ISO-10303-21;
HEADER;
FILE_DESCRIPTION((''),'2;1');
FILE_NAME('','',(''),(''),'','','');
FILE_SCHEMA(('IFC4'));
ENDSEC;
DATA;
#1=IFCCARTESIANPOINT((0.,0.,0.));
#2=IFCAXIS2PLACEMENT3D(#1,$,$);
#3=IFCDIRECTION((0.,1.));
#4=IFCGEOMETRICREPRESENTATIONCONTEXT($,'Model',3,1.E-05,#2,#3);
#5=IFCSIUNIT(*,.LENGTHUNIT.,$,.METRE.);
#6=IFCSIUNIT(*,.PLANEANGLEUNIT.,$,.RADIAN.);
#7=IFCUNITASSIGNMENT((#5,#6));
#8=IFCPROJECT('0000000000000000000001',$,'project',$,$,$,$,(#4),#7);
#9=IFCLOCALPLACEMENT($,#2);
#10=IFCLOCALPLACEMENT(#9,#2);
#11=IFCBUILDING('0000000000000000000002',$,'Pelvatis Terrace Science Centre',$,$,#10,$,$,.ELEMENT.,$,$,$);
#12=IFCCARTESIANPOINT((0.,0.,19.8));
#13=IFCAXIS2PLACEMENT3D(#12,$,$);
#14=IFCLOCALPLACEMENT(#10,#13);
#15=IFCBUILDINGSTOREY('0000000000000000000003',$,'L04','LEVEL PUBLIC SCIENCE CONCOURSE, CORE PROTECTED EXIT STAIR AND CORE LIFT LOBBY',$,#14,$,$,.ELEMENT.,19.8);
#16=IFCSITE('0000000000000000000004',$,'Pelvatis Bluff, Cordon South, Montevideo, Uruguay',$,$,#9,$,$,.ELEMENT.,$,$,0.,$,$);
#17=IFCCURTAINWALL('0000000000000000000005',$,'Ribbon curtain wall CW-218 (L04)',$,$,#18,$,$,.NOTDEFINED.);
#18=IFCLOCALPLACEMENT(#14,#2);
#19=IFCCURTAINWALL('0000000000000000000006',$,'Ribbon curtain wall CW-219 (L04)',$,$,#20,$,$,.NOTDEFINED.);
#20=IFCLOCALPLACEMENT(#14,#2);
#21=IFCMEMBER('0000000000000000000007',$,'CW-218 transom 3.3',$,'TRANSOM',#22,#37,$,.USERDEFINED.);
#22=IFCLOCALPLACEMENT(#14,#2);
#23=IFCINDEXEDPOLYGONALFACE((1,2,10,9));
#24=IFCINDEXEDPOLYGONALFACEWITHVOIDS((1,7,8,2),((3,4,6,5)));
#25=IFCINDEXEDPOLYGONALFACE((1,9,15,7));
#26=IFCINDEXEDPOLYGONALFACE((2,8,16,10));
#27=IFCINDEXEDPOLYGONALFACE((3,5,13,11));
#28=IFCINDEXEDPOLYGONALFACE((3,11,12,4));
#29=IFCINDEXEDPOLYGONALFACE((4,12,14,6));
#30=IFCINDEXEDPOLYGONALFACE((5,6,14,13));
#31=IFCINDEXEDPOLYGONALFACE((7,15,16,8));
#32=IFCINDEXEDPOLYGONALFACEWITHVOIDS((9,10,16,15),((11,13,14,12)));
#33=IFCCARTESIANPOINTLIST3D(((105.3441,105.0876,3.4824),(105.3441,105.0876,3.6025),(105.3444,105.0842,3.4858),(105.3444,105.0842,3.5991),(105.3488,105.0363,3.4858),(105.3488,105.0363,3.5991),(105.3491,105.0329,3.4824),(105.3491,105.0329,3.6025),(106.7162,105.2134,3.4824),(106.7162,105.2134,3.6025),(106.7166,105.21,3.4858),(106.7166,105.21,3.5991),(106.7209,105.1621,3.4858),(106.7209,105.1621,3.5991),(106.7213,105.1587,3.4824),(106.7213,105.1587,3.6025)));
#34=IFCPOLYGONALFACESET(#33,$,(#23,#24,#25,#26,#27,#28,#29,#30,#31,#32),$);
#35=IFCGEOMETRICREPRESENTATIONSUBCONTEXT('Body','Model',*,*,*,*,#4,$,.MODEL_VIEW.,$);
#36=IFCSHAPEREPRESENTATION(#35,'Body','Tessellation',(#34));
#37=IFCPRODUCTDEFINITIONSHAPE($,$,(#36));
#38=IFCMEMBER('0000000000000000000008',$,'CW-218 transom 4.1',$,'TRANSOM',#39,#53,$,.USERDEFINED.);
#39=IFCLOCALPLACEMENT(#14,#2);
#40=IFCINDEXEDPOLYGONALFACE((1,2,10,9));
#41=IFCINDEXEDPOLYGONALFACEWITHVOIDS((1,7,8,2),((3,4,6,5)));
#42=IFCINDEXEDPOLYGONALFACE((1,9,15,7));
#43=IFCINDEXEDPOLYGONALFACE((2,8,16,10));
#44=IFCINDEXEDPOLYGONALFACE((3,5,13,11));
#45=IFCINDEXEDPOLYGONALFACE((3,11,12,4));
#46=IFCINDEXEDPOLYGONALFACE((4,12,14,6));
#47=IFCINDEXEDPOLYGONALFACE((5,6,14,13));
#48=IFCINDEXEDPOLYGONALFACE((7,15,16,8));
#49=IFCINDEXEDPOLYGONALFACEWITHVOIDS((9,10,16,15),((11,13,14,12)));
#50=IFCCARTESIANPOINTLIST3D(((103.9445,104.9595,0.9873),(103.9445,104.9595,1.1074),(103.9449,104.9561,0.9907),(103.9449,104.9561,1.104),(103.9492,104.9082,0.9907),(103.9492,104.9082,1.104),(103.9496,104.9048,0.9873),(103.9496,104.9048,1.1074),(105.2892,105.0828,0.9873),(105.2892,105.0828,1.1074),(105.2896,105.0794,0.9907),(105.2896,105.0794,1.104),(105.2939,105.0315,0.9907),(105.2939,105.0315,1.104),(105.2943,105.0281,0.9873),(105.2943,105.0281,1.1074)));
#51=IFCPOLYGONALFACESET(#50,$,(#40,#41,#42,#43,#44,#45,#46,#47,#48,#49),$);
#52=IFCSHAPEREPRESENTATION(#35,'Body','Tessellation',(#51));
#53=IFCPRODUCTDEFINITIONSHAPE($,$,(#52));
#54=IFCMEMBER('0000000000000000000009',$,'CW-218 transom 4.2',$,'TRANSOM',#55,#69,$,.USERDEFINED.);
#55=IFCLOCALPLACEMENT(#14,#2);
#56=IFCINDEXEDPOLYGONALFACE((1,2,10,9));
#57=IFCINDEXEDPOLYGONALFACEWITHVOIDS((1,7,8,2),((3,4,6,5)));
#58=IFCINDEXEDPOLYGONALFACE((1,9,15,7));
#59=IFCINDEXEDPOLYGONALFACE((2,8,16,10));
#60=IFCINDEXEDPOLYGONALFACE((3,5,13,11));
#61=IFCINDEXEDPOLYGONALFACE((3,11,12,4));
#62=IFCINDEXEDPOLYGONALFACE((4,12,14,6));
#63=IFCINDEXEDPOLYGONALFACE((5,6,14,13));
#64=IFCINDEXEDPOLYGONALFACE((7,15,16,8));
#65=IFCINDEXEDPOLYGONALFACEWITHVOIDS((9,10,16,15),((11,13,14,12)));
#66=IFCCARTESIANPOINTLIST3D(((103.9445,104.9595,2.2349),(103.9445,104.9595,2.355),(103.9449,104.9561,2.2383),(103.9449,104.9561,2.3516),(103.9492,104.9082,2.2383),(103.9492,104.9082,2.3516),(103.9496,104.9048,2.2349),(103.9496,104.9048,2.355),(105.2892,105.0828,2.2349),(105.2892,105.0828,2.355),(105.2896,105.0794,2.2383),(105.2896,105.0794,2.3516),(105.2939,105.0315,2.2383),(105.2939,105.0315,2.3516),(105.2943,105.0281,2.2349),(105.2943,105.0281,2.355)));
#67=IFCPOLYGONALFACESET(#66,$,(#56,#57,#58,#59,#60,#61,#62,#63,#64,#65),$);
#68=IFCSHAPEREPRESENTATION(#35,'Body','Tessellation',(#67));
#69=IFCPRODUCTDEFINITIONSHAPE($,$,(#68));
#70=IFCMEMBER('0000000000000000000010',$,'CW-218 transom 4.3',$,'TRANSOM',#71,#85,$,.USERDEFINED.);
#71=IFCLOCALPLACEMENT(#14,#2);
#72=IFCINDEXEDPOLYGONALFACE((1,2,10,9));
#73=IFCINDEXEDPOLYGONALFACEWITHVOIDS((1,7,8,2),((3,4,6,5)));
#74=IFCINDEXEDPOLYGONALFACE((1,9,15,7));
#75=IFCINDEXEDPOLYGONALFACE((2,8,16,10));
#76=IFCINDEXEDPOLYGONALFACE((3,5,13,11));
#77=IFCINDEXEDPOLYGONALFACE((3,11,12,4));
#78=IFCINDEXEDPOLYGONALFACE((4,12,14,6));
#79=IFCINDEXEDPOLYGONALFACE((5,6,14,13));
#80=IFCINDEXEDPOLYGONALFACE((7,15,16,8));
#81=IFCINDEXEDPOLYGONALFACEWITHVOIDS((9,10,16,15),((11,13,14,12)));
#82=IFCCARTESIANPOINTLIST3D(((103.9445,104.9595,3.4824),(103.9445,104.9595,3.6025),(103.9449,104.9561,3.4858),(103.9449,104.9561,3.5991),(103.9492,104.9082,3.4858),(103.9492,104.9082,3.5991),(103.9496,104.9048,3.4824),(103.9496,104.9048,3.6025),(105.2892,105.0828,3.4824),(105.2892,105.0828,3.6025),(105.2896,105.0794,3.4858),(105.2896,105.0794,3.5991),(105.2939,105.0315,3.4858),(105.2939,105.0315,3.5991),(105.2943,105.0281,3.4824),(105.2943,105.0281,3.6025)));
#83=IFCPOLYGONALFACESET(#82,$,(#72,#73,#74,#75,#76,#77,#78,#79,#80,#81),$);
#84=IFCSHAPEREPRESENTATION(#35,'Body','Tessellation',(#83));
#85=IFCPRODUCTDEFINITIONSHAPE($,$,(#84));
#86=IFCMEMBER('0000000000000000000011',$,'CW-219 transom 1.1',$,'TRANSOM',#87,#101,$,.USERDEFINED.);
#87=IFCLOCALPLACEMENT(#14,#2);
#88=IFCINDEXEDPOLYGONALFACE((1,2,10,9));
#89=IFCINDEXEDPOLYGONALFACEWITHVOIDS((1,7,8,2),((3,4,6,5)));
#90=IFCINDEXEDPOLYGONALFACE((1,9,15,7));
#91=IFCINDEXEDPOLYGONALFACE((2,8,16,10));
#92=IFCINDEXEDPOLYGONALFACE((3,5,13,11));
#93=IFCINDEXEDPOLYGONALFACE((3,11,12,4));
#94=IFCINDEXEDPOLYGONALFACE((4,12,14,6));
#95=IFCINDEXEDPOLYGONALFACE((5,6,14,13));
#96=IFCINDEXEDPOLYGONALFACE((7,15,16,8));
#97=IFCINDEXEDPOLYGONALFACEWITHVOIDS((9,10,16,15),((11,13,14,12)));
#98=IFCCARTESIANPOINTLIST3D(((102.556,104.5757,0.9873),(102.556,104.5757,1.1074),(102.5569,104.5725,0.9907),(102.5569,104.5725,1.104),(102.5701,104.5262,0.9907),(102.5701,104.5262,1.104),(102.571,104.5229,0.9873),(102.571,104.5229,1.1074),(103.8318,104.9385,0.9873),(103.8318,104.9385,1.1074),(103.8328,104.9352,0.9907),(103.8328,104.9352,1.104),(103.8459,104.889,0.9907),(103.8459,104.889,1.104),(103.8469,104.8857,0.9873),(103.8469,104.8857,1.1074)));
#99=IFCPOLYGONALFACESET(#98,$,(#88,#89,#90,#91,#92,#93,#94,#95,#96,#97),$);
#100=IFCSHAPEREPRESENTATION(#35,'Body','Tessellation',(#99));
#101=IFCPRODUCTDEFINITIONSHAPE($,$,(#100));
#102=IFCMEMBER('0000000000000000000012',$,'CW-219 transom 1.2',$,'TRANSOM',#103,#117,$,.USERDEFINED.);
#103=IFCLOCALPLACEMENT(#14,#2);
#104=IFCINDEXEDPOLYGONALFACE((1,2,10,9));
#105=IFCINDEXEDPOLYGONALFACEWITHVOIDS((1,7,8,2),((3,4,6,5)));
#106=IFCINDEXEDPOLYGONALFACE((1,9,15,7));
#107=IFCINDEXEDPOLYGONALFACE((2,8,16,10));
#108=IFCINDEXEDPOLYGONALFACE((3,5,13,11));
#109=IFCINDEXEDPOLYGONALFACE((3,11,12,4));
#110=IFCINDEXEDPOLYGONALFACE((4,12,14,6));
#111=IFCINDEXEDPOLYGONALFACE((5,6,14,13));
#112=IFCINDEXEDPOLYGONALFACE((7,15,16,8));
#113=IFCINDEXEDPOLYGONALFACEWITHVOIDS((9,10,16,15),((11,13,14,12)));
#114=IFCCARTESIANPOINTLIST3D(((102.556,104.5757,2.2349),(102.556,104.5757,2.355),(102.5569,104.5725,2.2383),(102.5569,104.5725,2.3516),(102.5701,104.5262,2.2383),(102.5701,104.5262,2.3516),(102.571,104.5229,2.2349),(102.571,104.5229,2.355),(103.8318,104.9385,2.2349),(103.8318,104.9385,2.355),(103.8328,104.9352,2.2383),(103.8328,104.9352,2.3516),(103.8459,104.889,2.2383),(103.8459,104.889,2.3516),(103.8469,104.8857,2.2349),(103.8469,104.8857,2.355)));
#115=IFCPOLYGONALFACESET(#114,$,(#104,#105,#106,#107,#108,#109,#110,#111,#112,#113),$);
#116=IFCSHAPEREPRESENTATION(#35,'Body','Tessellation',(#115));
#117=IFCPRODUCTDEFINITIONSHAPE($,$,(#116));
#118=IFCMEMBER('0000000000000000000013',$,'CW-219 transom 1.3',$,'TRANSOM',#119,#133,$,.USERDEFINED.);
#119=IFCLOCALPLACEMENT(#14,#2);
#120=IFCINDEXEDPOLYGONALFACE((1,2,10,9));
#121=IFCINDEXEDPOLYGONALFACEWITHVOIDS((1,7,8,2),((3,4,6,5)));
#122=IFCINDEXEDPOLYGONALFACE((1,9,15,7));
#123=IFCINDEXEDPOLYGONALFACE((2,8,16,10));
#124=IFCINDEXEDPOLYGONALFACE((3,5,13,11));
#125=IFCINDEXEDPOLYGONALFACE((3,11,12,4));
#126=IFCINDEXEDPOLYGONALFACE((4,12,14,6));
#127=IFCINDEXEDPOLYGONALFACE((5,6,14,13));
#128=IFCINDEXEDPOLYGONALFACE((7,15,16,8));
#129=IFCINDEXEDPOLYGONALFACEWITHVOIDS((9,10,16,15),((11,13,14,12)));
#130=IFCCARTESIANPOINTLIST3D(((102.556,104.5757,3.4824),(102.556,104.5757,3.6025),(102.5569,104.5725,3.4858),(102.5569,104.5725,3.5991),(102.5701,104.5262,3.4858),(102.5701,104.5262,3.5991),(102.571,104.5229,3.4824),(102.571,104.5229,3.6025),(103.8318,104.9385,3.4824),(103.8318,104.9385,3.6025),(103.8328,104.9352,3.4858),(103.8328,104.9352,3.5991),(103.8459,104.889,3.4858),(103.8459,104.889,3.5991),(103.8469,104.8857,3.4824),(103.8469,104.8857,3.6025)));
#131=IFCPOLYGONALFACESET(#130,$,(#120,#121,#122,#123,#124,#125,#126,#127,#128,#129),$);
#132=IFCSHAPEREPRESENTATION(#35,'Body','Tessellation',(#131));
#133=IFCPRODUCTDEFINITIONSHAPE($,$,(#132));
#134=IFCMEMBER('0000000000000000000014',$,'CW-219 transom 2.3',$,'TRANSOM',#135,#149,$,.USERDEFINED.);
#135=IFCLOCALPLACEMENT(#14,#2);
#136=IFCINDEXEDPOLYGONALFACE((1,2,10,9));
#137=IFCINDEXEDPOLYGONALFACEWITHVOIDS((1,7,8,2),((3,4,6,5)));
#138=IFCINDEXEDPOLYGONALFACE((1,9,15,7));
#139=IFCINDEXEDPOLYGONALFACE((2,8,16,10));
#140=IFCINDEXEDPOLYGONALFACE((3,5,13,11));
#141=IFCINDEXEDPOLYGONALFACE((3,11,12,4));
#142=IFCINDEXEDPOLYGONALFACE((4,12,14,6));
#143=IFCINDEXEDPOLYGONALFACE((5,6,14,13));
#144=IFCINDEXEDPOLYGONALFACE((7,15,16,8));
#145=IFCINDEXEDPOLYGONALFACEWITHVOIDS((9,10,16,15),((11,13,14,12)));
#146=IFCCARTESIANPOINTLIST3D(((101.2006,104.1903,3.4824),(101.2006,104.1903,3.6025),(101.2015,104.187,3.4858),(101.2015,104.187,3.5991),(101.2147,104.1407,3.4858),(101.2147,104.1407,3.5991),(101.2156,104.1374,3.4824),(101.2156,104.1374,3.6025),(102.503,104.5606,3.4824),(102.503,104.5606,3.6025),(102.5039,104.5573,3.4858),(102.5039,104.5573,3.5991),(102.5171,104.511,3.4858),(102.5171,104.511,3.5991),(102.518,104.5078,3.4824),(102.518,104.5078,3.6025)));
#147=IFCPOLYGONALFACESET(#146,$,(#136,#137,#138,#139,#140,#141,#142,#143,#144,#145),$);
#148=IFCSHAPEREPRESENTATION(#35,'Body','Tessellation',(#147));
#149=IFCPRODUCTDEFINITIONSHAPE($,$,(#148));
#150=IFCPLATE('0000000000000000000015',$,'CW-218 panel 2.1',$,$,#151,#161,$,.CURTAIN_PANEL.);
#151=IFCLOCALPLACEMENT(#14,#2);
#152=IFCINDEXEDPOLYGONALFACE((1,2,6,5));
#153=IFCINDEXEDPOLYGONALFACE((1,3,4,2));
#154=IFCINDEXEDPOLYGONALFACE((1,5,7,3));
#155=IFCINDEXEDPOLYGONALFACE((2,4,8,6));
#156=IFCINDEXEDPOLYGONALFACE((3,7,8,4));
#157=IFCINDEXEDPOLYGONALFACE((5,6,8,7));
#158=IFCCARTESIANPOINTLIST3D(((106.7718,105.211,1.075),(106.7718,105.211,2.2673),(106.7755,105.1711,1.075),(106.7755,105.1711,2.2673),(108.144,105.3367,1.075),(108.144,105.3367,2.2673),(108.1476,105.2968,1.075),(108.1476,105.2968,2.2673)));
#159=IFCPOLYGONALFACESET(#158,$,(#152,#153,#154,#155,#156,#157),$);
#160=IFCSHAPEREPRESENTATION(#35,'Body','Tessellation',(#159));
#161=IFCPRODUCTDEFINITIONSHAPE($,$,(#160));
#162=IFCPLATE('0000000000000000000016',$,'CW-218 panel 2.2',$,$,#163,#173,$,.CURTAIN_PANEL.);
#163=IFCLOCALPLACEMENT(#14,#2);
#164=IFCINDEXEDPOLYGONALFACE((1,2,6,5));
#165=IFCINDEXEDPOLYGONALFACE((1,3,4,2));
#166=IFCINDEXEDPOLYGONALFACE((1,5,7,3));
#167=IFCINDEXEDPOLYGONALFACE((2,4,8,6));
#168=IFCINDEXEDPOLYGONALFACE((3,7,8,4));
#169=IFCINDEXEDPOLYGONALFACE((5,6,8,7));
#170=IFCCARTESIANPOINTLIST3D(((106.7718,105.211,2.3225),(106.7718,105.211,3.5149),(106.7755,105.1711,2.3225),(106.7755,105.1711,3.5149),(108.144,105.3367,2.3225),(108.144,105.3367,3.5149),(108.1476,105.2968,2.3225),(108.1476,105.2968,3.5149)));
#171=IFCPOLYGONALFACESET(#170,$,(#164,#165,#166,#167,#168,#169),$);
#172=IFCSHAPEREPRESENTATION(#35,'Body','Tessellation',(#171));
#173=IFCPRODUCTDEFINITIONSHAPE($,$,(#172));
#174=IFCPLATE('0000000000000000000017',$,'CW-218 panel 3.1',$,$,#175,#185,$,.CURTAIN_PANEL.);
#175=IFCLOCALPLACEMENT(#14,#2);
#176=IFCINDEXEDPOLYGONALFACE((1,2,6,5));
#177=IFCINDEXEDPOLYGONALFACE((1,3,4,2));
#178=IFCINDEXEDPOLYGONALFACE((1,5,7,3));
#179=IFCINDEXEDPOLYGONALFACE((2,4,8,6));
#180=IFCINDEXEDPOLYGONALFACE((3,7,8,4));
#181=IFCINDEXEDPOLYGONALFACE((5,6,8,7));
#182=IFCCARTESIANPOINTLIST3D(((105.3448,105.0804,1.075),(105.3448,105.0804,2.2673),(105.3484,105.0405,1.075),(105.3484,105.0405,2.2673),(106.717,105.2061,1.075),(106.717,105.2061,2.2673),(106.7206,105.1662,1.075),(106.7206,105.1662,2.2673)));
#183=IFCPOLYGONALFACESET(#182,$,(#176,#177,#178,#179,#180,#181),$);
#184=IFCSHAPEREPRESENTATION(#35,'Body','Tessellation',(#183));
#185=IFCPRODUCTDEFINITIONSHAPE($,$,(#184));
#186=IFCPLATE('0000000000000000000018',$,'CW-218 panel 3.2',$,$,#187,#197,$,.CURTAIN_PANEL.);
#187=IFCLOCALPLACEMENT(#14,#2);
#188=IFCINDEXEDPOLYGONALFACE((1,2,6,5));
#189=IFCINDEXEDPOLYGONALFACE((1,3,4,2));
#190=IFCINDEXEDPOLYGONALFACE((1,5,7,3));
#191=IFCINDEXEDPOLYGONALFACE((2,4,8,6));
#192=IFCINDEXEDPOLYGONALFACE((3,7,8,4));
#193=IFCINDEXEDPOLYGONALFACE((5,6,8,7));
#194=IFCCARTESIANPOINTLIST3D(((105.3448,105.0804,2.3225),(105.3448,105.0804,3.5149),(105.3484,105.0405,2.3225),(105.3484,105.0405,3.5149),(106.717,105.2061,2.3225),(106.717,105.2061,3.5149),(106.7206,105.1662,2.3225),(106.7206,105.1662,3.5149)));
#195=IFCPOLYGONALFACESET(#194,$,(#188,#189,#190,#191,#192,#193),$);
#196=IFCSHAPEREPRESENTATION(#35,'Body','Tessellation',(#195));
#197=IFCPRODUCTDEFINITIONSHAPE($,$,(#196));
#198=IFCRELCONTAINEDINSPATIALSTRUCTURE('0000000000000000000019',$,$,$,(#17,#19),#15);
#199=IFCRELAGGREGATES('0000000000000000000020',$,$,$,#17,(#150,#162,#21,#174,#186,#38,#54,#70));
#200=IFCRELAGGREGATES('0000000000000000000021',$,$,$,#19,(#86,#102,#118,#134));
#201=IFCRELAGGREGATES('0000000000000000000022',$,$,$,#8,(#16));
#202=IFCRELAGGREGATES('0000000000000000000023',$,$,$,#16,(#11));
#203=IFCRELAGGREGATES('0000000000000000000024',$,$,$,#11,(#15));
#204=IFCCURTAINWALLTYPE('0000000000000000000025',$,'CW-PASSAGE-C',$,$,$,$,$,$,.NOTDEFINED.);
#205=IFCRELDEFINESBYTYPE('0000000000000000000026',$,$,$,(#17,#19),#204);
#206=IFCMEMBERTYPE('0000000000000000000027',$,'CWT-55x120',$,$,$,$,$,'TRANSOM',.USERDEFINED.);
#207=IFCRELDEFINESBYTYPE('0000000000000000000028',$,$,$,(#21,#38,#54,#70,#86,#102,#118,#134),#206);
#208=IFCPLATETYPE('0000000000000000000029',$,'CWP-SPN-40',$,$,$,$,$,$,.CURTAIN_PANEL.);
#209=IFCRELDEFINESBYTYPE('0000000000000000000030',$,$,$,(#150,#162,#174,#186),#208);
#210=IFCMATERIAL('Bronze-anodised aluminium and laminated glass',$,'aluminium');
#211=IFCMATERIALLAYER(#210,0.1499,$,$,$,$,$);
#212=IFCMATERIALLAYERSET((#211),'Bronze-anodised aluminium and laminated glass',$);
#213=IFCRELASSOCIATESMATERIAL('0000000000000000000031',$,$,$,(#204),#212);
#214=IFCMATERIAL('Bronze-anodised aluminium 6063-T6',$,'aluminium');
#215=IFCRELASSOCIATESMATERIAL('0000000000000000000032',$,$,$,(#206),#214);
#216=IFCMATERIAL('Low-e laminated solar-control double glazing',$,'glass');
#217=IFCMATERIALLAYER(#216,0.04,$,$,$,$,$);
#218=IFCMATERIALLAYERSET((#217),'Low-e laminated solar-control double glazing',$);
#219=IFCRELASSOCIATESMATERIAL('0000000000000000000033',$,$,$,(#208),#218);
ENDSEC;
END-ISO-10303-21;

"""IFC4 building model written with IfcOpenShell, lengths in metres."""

from ifc_helpers import new_model, si_unit, direction, frame, origin, origin_2d, place, context, subcontext, project, spatial, rectangle, hollow_rectangle, extrude, material, layer, layer_set, material_profile, profile_set, type_object, element, aggregate, save


model = new_model("IFC4")

# Units and contexts
model_context = context("Model", 3, precision=1e-05, world=origin(), true_north=direction((0.0, 1.0)))
body_context = subcontext(model_context, "Body", "Model", "MODEL_VIEW")
ifc_project = project(units=[si_unit("LENGTHUNIT", "METRE"), si_unit("PLANEANGLEUNIT", "RADIAN")], contexts=[model_context])

# Site, building, storey
site_placement = place(None, origin())
site = spatial("IfcSite", under=ifc_project, at=site_placement, Name="Pelvatis Bluff, Cordon South, Montevideo, Uruguay", CompositionType="ELEMENT", RefElevation=0.0)
building_placement = place(site_placement, origin())
building = spatial("IfcBuilding", under=site, at=building_placement, Name="Pelvatis Terrace Science Centre", CompositionType="ELEMENT")
storey_placement = place(building_placement, frame((0.0, 0.0, 19.8)))
storey = spatial("IfcBuildingStorey", under=building, at=storey_placement, Name="L04", Description="LEVEL PUBLIC SCIENCE CONCOURSE, CORE PROTECTED EXIT STAIR AND CORE LIFT LOBBY", CompositionType="ELEMENT", Elevation=19.8)

# Curtain walls
ifc_material_1 = material(Name="Bronze-anodised aluminium and laminated glass", Category="aluminium")
ifc_layer_1 = layer(ifc_material_1, 0.1499)
ifc_layer_set_1 = layer_set([ifc_layer_1], Name="Bronze-anodised aluminium and laminated glass")
curtain_wall_type = type_object("IfcCurtainWallType", Name="CW-PASSAGE-C", PredefinedType="NOTDEFINED", material=ifc_layer_set_1)
curtain_wall_1_placement = place(storey_placement, origin())
curtain_wall_1 = element("IfcCurtainWall", 1, at=curtain_wall_1_placement, inside=storey, type_object=curtain_wall_type, Name="Ribbon curtain wall CW-218 (L04)", PredefinedType="NOTDEFINED")
curtain_wall_2_placement = place(storey_placement, origin())
curtain_wall_2 = element("IfcCurtainWall", 2, at=curtain_wall_2_placement, inside=storey, type_object=curtain_wall_type, Name="Ribbon curtain wall CW-219 (L04)", PredefinedType="NOTDEFINED")

# Members
ifc_material_2 = material(Name="Bronze-anodised aluminium 6063-T6", Category="aluminium")
ifc_material_profile_1 = material_profile(ifc_material_2, hollow_rectangle(XDim=0.0549, YDim=0.1201, WallThickness=0.0034, at=origin_2d()), Name="ALU-TRN 55x120")
ifc_profile_set_1 = profile_set([ifc_material_profile_1], Name="Bronze-anodised aluminium 6063-T6")
member_type_1 = type_object("IfcMemberType", Name="CWT-55x120", ElementType="TRANSOM", PredefinedType="USERDEFINED", material=ifc_profile_set_1)
member_1_placement = place(storey_placement, frame((106.7188, 105.186, 3.5425), z_axis=(-0.995828, -0.091255, 0.0), x_axis=(0.091255, -0.995828, 0.0)))
member_1 = element("IfcMember", 3, at=member_1_placement, type_object=member_type_1, Name="CW-218 transom 3.3", ObjectType="TRANSOM", PredefinedType="USERDEFINED", context=body_context, shape_type="SweptSolid", body=[
    extrude(hollow_rectangle(XDim=0.0549, YDim=0.1201, WallThickness=0.0034, at=origin_2d()), origin(), (0.0, 0.0, 1.0), 1.3779),
])
member_2_placement = place(storey_placement, frame((105.2917, 105.0554, 1.0474), z_axis=(-0.995823, -0.091302, 0.0), x_axis=(0.091302, -0.995823, 0.0)))
member_2 = element("IfcMember", 4, at=member_2_placement, type_object=member_type_1, Name="CW-218 transom 4.1", ObjectType="TRANSOM", PredefinedType="USERDEFINED", context=body_context, shape_type="SweptSolid", body=[
    extrude(hollow_rectangle(XDim=0.0549, YDim=0.1201, WallThickness=0.0034, at=origin_2d()), origin(), (0.0, 0.0, 1.0), 1.3503),
])
member_3_placement = place(storey_placement, frame((105.2917, 105.0554, 2.2949), z_axis=(-0.995823, -0.091302, 0.0), x_axis=(0.091302, -0.995823, 0.0)))
member_3 = element("IfcMember", 5, at=member_3_placement, type_object=member_type_1, Name="CW-218 transom 4.2", ObjectType="TRANSOM", PredefinedType="USERDEFINED", context=body_context, shape_type="SweptSolid", body=[
    extrude(hollow_rectangle(XDim=0.0549, YDim=0.1201, WallThickness=0.0034, at=origin_2d()), origin(), (0.0, 0.0, 1.0), 1.3503),
])
member_4_placement = place(storey_placement, frame((105.2917, 105.0554, 3.5425), z_axis=(-0.995823, -0.091302, 0.0), x_axis=(0.091302, -0.995823, 0.0)))
member_4 = element("IfcMember", 6, at=member_4_placement, type_object=member_type_1, Name="CW-218 transom 4.3", ObjectType="TRANSOM", PredefinedType="USERDEFINED", context=body_context, shape_type="SweptSolid", body=[
    extrude(hollow_rectangle(XDim=0.0549, YDim=0.1201, WallThickness=0.0034, at=origin_2d()), origin(), (0.0, 0.0, 1.0), 1.3503),
])
member_5_placement = place(storey_placement, frame((103.8394, 104.9121, 1.0474), z_axis=(-0.96187, -0.273505, 0.0), x_axis=(0.273505, -0.96187, 0.0)))
member_5 = element("IfcMember", 7, at=member_5_placement, type_object=member_type_1, Name="CW-219 transom 1.1", ObjectType="TRANSOM", PredefinedType="USERDEFINED", context=body_context, shape_type="SweptSolid", body=[
    extrude(hollow_rectangle(XDim=0.0549, YDim=0.1201, WallThickness=0.0034, at=origin_2d()), origin(), (0.0, 0.0, 1.0), 1.3264),
])
member_6_placement = place(storey_placement, frame((103.8394, 104.9121, 2.2949), z_axis=(-0.96187, -0.273505, 0.0), x_axis=(0.273505, -0.96187, 0.0)))
member_6 = element("IfcMember", 8, at=member_6_placement, type_object=member_type_1, Name="CW-219 transom 1.2", ObjectType="TRANSOM", PredefinedType="USERDEFINED", context=body_context, shape_type="SweptSolid", body=[
    extrude(hollow_rectangle(XDim=0.0549, YDim=0.1201, WallThickness=0.0034, at=origin_2d()), origin(), (0.0, 0.0, 1.0), 1.3264),
])
member_7_placement = place(storey_placement, frame((103.8394, 104.9121, 3.5425), z_axis=(-0.96187, -0.273505, 0.0), x_axis=(0.273505, -0.96187, 0.0)))
member_7 = element("IfcMember", 9, at=member_7_placement, type_object=member_type_1, Name="CW-219 transom 1.3", ObjectType="TRANSOM", PredefinedType="USERDEFINED", context=body_context, shape_type="SweptSolid", body=[
    extrude(hollow_rectangle(XDim=0.0549, YDim=0.1201, WallThickness=0.0034, at=origin_2d()), origin(), (0.0, 0.0, 1.0), 1.3264),
])
member_8_placement = place(storey_placement, frame((102.5105, 104.5342, 3.5425), z_axis=(-0.96187, -0.273506, 0.0), x_axis=(0.273506, -0.96187, 0.0)))
member_8 = element("IfcMember", 10, at=member_8_placement, type_object=member_type_1, Name="CW-219 transom 2.3", ObjectType="TRANSOM", PredefinedType="USERDEFINED", context=body_context, shape_type="SweptSolid", body=[
    extrude(hollow_rectangle(XDim=0.0549, YDim=0.1201, WallThickness=0.0034, at=origin_2d()), origin(), (0.0, 0.0, 1.0), 1.354),
])

# Plates
ifc_material_3 = material(Name="Low-e laminated solar-control double glazing", Category="glass")
ifc_layer_2 = layer(ifc_material_3, 0.04)
ifc_layer_set_2 = layer_set([ifc_layer_2], Name="Low-e laminated solar-control double glazing")
plate_type = type_object("IfcPlateType", Name="CWP-SPN-40", PredefinedType="CURTAIN_PANEL", material=ifc_layer_set_2)
plate_1_placement = place(storey_placement, frame((107.4597, 105.2539, 1.075), z_axis=(0.0, 0.0, 1.0), x_axis=(-0.995831, -0.091214, 0.0)))
plate_1 = element("IfcPlate", 11, at=plate_1_placement, type_object=plate_type, Name="CW-218 panel 2.1", PredefinedType="CURTAIN_PANEL", context=body_context, shape_type="SweptSolid", body=[
    extrude(rectangle(XDim=1.3779, YDim=0.04, at=origin_2d()), origin(), (0.0, 0.0, 1.0), 1.1924),
])
plate_2_placement = place(storey_placement, frame((107.4597, 105.2539, 2.3225), z_axis=(0.0, 0.0, 1.0), x_axis=(-0.995831, -0.091214, 0.0)))
plate_2 = element("IfcPlate", 12, at=plate_2_placement, type_object=plate_type, Name="CW-218 panel 2.2", PredefinedType="CURTAIN_PANEL", context=body_context, shape_type="SweptSolid", body=[
    extrude(rectangle(XDim=1.3779, YDim=0.04, at=origin_2d()), origin(), (0.0, 0.0, 1.0), 1.1924),
])
plate_3_placement = place(storey_placement, frame((106.0327, 105.1233, 1.075), z_axis=(0.0, 0.0, 1.0), x_axis=(-0.995831, -0.091214, 0.0)))
plate_3 = element("IfcPlate", 13, at=plate_3_placement, type_object=plate_type, Name="CW-218 panel 3.1", PredefinedType="CURTAIN_PANEL", context=body_context, shape_type="SweptSolid", body=[
    extrude(rectangle(XDim=1.3779, YDim=0.04, at=origin_2d()), origin(), (0.0, 0.0, 1.0), 1.1924),
])
plate_4_placement = place(storey_placement, frame((106.0327, 105.1233, 2.3225), z_axis=(0.0, 0.0, 1.0), x_axis=(-0.995831, -0.091214, 0.0)))
plate_4 = element("IfcPlate", 14, at=plate_4_placement, type_object=plate_type, Name="CW-218 panel 3.2", PredefinedType="CURTAIN_PANEL", context=body_context, shape_type="SweptSolid", body=[
    extrude(rectangle(XDim=1.3779, YDim=0.04, at=origin_2d()), origin(), (0.0, 0.0, 1.0), 1.1924),
])
aggregate(curtain_wall_1, [plate_1, plate_2, member_1, plate_3, plate_4, member_2, member_3, member_4])
aggregate(curtain_wall_2, [member_5, member_6, member_7, member_8])

save(model, "model.ifc")
